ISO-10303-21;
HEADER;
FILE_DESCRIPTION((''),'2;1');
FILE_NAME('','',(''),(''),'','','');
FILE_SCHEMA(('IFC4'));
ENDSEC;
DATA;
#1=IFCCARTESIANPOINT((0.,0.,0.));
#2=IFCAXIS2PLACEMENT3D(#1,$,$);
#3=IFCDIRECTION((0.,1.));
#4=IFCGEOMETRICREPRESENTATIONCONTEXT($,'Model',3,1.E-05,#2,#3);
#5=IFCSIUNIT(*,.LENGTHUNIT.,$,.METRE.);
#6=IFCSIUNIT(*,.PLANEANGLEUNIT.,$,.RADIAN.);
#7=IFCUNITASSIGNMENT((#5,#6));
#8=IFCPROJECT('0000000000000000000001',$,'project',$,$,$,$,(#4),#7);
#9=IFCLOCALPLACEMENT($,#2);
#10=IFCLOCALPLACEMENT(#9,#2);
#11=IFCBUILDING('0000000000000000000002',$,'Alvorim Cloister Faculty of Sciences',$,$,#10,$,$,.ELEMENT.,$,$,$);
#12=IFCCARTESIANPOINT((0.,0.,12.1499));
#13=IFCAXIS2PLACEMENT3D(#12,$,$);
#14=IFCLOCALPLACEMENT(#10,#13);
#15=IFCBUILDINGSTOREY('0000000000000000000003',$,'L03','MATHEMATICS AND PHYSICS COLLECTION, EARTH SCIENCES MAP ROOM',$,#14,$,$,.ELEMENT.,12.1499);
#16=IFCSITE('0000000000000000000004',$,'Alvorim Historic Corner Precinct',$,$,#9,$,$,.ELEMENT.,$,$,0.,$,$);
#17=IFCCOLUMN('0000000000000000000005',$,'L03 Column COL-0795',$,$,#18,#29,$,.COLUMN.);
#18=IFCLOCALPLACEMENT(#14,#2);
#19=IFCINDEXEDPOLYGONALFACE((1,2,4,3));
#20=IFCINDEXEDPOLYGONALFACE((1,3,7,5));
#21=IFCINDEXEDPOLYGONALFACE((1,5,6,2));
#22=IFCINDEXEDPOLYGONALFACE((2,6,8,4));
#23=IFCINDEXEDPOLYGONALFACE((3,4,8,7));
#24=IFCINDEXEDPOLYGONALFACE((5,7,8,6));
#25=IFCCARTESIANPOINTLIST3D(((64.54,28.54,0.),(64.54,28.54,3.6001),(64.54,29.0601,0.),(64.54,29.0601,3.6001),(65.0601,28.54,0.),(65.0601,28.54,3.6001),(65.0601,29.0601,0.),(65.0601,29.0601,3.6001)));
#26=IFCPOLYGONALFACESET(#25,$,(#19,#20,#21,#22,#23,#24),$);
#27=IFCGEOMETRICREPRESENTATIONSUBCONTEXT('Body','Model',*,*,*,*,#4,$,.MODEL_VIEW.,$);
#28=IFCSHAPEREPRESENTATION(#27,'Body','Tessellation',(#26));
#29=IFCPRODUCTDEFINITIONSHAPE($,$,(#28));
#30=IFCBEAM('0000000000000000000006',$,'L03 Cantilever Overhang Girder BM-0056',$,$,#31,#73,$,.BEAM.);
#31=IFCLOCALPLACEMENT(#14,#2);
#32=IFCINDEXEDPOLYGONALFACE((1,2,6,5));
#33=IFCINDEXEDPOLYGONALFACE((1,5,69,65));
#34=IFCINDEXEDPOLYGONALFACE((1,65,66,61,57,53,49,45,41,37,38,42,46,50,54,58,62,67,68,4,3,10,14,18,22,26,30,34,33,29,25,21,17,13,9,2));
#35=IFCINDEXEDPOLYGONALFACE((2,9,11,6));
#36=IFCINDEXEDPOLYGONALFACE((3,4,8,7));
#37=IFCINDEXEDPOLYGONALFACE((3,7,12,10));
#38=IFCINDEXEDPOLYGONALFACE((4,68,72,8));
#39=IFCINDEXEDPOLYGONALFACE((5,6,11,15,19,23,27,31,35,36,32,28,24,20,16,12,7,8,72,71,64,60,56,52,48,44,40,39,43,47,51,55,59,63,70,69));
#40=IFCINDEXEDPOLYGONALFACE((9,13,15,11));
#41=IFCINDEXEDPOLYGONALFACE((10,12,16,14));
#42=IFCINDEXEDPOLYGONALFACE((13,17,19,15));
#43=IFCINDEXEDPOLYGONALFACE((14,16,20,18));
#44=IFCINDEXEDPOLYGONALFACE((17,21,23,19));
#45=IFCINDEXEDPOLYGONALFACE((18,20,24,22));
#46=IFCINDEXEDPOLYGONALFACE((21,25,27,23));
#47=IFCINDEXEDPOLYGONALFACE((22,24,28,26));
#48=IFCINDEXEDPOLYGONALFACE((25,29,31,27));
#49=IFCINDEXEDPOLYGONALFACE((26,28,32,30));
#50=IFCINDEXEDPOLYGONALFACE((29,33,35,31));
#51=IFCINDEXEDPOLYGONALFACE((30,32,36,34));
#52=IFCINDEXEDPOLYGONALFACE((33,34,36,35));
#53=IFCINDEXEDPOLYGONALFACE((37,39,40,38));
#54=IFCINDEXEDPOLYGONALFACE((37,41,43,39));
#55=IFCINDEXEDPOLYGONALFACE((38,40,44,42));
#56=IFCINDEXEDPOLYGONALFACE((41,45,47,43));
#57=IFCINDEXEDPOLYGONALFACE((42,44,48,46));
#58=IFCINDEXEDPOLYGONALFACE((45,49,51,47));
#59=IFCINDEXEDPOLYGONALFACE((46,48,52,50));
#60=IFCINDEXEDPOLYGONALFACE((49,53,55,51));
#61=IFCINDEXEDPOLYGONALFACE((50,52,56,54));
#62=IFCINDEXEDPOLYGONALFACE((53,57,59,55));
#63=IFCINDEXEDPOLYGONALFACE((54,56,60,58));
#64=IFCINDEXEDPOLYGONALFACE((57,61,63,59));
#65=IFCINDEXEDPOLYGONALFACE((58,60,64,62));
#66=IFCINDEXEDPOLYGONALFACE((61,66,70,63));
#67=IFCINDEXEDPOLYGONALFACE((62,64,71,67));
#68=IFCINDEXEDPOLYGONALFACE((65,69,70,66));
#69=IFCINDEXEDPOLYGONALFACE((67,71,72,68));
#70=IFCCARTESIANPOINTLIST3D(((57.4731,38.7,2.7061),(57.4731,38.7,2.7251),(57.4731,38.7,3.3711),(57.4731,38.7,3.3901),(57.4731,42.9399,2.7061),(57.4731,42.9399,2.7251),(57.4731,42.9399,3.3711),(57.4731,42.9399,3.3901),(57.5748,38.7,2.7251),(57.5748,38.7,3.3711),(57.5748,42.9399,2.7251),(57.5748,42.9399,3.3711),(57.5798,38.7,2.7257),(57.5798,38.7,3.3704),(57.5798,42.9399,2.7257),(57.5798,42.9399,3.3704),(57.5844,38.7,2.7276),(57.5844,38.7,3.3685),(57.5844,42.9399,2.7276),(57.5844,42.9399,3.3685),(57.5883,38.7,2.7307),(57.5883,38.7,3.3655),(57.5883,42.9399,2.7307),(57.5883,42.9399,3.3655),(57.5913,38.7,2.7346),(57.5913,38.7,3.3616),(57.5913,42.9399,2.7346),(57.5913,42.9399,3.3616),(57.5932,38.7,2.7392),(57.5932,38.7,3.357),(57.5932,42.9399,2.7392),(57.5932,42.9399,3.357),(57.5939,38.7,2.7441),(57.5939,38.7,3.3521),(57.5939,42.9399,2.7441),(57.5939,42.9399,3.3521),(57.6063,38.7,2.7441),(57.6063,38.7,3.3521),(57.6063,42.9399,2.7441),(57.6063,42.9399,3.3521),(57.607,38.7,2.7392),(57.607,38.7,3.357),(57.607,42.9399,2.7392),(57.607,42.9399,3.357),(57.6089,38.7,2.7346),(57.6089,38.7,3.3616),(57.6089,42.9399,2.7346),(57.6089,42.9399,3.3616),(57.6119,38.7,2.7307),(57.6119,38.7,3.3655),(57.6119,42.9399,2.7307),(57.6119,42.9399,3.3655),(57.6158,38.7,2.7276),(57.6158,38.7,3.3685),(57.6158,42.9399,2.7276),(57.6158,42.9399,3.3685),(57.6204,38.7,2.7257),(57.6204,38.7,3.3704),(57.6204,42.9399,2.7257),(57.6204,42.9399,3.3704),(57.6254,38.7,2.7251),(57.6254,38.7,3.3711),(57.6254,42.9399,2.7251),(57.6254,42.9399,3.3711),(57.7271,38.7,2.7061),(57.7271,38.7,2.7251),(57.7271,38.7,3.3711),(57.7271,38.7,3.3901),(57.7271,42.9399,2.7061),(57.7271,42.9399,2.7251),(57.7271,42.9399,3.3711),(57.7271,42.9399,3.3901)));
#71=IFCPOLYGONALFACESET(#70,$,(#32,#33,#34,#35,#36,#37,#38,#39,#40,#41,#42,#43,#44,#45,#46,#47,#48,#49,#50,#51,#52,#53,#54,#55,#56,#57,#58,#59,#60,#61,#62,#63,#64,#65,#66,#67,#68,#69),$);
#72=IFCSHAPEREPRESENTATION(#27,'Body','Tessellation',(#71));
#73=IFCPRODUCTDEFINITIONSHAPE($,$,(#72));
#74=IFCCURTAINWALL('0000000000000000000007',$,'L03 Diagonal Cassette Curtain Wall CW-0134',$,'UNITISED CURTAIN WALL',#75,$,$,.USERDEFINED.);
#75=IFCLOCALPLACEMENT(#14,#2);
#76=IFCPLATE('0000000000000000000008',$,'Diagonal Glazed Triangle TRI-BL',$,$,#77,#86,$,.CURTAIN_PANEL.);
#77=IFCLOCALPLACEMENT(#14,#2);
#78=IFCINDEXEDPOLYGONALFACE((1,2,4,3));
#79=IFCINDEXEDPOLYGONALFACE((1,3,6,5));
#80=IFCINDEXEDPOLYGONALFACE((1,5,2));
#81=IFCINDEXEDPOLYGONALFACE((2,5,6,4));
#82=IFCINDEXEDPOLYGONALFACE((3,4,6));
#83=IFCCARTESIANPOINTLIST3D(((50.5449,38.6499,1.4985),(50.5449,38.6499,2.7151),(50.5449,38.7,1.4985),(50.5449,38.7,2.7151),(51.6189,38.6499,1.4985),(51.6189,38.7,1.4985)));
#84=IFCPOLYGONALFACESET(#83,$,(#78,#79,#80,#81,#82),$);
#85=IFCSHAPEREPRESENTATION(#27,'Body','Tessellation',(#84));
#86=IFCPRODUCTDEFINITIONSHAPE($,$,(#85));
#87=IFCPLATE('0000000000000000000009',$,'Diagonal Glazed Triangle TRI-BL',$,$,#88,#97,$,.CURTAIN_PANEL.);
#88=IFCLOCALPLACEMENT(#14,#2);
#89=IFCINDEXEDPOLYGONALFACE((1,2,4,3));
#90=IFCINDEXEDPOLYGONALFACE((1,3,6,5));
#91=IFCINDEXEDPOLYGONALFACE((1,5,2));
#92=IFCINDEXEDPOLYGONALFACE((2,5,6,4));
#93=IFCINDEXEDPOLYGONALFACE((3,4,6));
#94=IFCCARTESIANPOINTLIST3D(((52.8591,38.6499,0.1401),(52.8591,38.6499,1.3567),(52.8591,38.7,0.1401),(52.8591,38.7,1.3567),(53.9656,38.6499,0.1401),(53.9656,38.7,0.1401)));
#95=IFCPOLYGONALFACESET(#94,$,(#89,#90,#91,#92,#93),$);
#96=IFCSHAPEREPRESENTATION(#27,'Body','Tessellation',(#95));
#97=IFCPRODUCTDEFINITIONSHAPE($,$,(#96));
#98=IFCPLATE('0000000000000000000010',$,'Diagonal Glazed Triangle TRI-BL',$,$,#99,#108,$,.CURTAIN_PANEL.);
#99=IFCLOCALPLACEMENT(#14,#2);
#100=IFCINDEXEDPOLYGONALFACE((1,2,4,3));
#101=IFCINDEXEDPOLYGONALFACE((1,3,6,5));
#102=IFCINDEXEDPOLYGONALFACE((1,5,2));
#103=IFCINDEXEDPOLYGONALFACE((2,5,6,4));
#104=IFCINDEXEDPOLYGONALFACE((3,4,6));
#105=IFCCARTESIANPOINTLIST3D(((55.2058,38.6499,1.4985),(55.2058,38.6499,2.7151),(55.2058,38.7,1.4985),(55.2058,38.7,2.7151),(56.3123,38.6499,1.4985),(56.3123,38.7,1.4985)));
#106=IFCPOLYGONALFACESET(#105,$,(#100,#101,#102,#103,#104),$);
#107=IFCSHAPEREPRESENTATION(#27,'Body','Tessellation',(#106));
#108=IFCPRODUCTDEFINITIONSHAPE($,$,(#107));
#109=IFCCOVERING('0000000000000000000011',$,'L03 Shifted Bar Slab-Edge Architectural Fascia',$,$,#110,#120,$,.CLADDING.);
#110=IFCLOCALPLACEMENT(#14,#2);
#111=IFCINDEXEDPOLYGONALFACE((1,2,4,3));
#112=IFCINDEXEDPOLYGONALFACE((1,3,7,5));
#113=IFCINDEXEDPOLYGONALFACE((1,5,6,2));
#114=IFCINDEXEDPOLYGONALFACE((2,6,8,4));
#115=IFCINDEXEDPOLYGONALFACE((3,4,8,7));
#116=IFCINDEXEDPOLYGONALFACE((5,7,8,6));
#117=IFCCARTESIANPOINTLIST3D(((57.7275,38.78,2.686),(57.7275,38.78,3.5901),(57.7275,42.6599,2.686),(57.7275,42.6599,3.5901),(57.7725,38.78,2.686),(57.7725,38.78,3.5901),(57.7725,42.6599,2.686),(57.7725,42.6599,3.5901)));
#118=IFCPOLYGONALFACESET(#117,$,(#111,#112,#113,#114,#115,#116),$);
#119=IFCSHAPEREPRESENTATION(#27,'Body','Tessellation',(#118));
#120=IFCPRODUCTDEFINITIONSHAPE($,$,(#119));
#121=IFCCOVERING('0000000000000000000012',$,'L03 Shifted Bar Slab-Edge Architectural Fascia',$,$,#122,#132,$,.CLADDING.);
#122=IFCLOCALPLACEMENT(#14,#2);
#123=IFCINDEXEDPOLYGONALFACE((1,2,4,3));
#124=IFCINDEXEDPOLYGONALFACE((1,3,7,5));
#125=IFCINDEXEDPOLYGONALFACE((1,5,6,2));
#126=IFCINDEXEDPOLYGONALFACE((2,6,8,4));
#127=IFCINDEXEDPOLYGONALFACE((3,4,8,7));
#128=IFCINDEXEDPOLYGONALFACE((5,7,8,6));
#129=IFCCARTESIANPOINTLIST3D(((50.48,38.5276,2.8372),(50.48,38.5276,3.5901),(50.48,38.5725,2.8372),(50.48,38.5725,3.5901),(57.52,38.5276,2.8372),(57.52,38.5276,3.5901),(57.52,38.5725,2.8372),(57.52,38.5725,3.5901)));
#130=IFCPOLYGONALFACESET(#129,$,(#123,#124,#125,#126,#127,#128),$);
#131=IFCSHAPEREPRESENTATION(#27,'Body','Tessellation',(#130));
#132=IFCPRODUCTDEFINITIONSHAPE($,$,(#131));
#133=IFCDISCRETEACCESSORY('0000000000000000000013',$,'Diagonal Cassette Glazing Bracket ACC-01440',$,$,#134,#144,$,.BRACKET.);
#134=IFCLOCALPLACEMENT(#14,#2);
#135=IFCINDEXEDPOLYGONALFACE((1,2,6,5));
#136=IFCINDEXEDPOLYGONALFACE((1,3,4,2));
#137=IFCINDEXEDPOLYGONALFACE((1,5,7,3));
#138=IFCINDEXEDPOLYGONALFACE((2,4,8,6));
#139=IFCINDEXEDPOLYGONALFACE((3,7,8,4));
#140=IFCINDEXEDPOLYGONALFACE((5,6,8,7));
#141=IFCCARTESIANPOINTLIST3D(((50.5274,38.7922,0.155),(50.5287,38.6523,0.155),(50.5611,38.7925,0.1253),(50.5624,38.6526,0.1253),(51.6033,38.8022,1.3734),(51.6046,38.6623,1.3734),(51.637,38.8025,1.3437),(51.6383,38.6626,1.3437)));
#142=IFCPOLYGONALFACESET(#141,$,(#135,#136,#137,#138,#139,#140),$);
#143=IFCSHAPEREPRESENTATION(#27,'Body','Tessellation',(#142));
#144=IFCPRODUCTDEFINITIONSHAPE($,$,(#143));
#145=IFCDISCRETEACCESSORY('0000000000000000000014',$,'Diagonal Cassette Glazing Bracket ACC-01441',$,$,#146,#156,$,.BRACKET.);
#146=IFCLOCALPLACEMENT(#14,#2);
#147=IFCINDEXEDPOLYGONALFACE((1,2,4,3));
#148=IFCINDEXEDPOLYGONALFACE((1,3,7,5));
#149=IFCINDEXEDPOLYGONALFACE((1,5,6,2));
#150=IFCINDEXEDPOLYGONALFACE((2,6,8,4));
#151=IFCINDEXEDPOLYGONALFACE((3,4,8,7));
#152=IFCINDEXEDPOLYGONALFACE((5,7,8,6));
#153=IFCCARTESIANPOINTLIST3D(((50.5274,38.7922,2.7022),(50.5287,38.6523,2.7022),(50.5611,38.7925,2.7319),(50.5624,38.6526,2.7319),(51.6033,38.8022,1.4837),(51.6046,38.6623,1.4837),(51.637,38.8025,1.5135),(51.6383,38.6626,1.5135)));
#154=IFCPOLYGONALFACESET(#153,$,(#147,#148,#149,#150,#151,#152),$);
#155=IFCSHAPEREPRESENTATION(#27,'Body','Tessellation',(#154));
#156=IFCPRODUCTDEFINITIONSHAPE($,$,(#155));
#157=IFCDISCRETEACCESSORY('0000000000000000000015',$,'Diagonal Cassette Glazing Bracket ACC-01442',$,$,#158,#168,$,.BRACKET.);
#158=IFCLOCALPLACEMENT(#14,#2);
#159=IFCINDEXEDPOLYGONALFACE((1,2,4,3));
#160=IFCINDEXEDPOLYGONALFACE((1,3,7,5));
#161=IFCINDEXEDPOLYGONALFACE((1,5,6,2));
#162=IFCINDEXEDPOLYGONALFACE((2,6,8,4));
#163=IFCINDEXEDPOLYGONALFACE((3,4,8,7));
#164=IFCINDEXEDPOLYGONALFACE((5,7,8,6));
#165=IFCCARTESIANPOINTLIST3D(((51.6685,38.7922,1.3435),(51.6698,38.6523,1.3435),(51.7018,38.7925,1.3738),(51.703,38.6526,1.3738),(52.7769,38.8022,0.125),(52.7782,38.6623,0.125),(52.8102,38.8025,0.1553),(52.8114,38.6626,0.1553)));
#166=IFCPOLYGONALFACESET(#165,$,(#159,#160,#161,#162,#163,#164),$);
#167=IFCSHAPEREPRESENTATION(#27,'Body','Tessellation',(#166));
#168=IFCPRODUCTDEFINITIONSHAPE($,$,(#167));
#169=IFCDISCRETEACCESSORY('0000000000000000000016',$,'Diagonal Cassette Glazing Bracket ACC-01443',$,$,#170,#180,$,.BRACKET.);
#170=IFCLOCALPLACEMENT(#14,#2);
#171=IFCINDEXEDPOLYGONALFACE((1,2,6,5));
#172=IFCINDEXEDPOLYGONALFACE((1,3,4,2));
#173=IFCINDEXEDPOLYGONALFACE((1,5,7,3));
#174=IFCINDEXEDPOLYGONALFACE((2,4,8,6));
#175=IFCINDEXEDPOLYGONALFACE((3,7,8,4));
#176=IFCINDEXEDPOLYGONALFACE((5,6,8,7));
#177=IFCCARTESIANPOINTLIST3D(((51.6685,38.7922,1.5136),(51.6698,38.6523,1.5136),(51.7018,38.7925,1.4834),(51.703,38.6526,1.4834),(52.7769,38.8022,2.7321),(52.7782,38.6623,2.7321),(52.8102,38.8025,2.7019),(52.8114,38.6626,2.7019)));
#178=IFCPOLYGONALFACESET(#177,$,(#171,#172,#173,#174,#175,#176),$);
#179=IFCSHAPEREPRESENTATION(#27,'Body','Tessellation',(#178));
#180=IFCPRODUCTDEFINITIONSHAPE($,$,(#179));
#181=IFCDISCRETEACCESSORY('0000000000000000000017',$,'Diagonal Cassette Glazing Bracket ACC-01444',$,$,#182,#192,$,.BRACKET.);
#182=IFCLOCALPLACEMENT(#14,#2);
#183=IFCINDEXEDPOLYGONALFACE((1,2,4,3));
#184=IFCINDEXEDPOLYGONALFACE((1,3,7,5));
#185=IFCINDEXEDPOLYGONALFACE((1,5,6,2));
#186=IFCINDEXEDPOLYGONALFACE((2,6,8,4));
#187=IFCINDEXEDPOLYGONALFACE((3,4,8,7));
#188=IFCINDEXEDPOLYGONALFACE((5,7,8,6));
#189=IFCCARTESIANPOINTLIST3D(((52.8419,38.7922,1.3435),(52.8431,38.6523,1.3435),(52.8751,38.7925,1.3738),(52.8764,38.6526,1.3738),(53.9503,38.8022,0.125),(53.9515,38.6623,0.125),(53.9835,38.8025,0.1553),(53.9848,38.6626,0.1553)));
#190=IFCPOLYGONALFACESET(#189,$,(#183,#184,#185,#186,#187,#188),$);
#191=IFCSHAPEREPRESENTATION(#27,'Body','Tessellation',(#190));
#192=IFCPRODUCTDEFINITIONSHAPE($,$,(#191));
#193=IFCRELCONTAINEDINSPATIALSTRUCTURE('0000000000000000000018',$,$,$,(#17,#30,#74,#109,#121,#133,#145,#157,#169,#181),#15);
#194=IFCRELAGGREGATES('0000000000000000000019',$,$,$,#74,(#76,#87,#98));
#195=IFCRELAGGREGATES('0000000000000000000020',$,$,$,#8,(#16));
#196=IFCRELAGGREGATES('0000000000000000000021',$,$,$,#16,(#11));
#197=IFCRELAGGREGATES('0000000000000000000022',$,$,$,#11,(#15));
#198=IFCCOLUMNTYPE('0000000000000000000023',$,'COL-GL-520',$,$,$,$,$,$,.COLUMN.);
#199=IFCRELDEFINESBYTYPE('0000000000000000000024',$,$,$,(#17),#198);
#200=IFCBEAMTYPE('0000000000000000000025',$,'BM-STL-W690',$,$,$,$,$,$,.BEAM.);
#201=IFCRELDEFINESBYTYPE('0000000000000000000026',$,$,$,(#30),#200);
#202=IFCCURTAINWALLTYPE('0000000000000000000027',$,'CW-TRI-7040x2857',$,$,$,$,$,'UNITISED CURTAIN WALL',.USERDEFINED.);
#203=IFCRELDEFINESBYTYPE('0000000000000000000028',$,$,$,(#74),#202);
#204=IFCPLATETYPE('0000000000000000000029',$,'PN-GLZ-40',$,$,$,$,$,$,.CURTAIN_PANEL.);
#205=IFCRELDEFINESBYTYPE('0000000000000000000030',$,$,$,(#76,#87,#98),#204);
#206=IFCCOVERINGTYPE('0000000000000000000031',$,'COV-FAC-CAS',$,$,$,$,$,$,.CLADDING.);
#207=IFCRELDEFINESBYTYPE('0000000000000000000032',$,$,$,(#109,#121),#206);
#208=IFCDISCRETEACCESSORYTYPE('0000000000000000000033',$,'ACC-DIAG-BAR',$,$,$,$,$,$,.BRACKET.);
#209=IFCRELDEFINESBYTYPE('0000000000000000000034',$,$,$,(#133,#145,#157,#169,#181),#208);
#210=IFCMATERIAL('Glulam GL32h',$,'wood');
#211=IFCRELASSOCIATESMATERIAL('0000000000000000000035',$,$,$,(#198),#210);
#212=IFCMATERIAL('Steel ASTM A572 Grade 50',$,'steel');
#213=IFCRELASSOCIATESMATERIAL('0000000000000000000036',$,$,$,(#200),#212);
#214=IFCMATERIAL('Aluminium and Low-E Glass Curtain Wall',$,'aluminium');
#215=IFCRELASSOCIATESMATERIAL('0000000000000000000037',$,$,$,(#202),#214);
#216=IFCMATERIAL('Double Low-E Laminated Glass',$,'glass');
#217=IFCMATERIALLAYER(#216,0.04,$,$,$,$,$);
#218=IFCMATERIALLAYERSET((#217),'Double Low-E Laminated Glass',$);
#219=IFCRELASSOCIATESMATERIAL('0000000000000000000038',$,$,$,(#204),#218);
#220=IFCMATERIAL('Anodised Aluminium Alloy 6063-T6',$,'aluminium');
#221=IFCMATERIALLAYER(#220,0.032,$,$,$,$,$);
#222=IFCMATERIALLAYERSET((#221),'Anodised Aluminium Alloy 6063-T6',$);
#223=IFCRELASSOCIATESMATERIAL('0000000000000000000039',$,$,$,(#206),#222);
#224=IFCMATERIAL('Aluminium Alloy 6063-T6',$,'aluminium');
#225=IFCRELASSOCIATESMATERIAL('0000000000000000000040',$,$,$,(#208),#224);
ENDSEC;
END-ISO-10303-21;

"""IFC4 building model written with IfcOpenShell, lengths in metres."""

from ifc_helpers import new_model, si_unit, direction, frame, origin, origin_2d, place, context, subcontext, project, spatial, polyline, rectangle, i_section, outline, extrude, material, layer, layer_set, material_profile, profile_set, type_object, element, aggregate, save


model = new_model("IFC4")

# Units and contexts
model_context = context("Model", 3, precision=1e-05, world=origin(), true_north=direction((0.0, 1.0)))
body_context = subcontext(model_context, "Body", "Model", "MODEL_VIEW")
ifc_project = project(units=[si_unit("LENGTHUNIT", "METRE"), si_unit("PLANEANGLEUNIT", "RADIAN")], contexts=[model_context])

# Site, building, storey
site_placement = place(None, origin())
site = spatial("IfcSite", under=ifc_project, at=site_placement, Name="Alvorim Historic Corner Precinct", CompositionType="ELEMENT", RefElevation=0.0)
building_placement = place(site_placement, origin())
building = spatial("IfcBuilding", under=site, at=building_placement, Name="Alvorim Cloister Faculty of Sciences", CompositionType="ELEMENT")
storey_placement = place(building_placement, frame((0.0, 0.0, 12.1499)))
storey = spatial("IfcBuildingStorey", under=building, at=storey_placement, Name="L03", Description="MATHEMATICS AND PHYSICS COLLECTION, EARTH SCIENCES MAP ROOM", CompositionType="ELEMENT", Elevation=12.1499)

# Column
ifc_material_1 = material(Name="Glulam GL32h", Category="wood")
ifc_material_profile_1 = material_profile(ifc_material_1, rectangle(XDim=0.52, YDim=0.52, at=origin_2d()), Name="GL32-COL-520x520")
ifc_profile_set_1 = profile_set([ifc_material_profile_1], Name="Glulam GL32h")
column_type = type_object("IfcColumnType", Name="COL-GL-520", PredefinedType="COLUMN", material=ifc_profile_set_1)
column_placement = place(storey_placement, frame((64.8, 28.8, 0.0), z_axis=(0.0, 0.0, 1.0), x_axis=(1.0, 0.0, 0.0)))
element("IfcColumn", 1, at=column_placement, inside=storey, type_object=column_type, Name="L03 Column COL-0795", PredefinedType="COLUMN", context=body_context, shape_type="SweptSolid", body=[
    extrude(rectangle(XDim=0.52, YDim=0.52, at=origin_2d()), origin(), (0.0, 0.0, 1.0), 3.6001),
])

# Beam
ifc_material_2 = material(Name="Steel ASTM A572 Grade 50", Category="steel")
ifc_material_profile_2 = material_profile(ifc_material_2, i_section(OverallWidth=0.2539, OverallDepth=0.6841, WebThickness=0.0125, FlangeThickness=0.019, FilletRadius=0.019, at=origin_2d()), Name="W690x140.0")
ifc_profile_set_2 = profile_set([ifc_material_profile_2], Name="Steel ASTM A572 Grade 50")
beam_type = type_object("IfcBeamType", Name="BM-STL-W690", PredefinedType="BEAM", material=ifc_profile_set_2)
beam_placement = place(storey_placement, frame((57.6001, 38.7, 3.0481), z_axis=(0.0, 1.0, 0.0), x_axis=(-1.0, 0.0, 0.0)))
element("IfcBeam", 2, at=beam_placement, inside=storey, type_object=beam_type, Name="L03 Cantilever Overhang Girder BM-0056", PredefinedType="BEAM", context=body_context, shape_type="SweptSolid", body=[
    extrude(i_section(OverallWidth=0.2539, OverallDepth=0.6841, WebThickness=0.0125, FlangeThickness=0.019, FilletRadius=0.019, at=origin_2d()), origin(), (0.0, 0.0, 1.0), 4.24),
])

# Curtain wall, plates
ifc_material_3 = material(Name="Aluminium and Low-E Glass Curtain Wall", Category="aluminium")
curtain_wall_type_1 = type_object("IfcCurtainWallType", Name="CW-TRI-7040x2857", ElementType="UNITISED CURTAIN WALL", PredefinedType="USERDEFINED", material=ifc_material_3)
curtain_wall_1_placement = place(storey_placement, origin())
curtain_wall_1 = element("IfcCurtainWall", 3, at=curtain_wall_1_placement, inside=storey, type_object=curtain_wall_type_1, Name="L03 Diagonal Cassette Curtain Wall CW-0134", ObjectType="UNITISED CURTAIN WALL", PredefinedType="USERDEFINED")
ifc_material_4 = material(Name="Double Low-E Laminated Glass", Category="glass")
ifc_layer_1 = layer(ifc_material_4, 0.04)
ifc_layer_set_1 = layer_set([ifc_layer_1], Name="Double Low-E Laminated Glass")
plate_type = type_object("IfcPlateType", Name="PN-GLZ-40", PredefinedType="CURTAIN_PANEL", material=ifc_layer_set_1)
plate_1_placement = place(storey_placement, frame((50.5449, 38.675, 1.4985), z_axis=(0.0, 0.0, 1.0), x_axis=(1.0, 0.0, 0.0)))
plate_1 = element("IfcPlate", 4, at=plate_1_placement, type_object=plate_type, Name="Diagonal Glazed Triangle TRI-BL", PredefinedType="CURTAIN_PANEL", context=body_context, shape_type="SweptSolid", body=[
    extrude(outline(polyline([(0.0, 0.0), (1.074, 0.0), (0.0, 1.2166), (0.0, 0.0)])), frame((0.0, 0.0249, 0.0), z_axis=(0.0, -1.0, 0.0), x_axis=(1.0, 0.0, 0.0)), (0.0, 0.0, 1.0), 0.05),
])
plate_2_placement = place(storey_placement, frame((52.8591, 38.675, 0.1401), z_axis=(0.0, 0.0, 1.0), x_axis=(1.0, 0.0, 0.0)))
plate_2 = element("IfcPlate", 5, at=plate_2_placement, type_object=plate_type, Name="Diagonal Glazed Triangle TRI-BL", PredefinedType="CURTAIN_PANEL", context=body_context, shape_type="SweptSolid", body=[
    extrude(outline(polyline([(0.0, 0.0), (1.1064, 0.0), (0.0, 1.2166), (0.0, 0.0)])), frame((0.0, 0.0249, 0.0), z_axis=(0.0, -1.0, 0.0), x_axis=(1.0, 0.0, 0.0)), (0.0, 0.0, 1.0), 0.05),
])
plate_3_placement = place(storey_placement, frame((55.2058, 38.675, 1.4985), z_axis=(0.0, 0.0, 1.0), x_axis=(1.0, 0.0, 0.0)))
plate_3 = element("IfcPlate", 6, at=plate_3_placement, type_object=plate_type, Name="Diagonal Glazed Triangle TRI-BL", PredefinedType="CURTAIN_PANEL", context=body_context, shape_type="SweptSolid", body=[
    extrude(outline(polyline([(0.0, 0.0), (1.1064, 0.0), (0.0, 1.2166), (0.0, 0.0)])), frame((0.0, 0.0249, 0.0), z_axis=(0.0, -1.0, 0.0), x_axis=(1.0, 0.0, 0.0)), (0.0, 0.0, 1.0), 0.05),
])
aggregate(curtain_wall_1, [plate_1, plate_2, plate_3])

# Coverings
ifc_material_5 = material(Name="Anodised Aluminium Alloy 6063-T6", Category="aluminium")
ifc_layer_2 = layer(ifc_material_5, 0.032)
ifc_layer_set_2 = layer_set([ifc_layer_2], Name="Anodised Aluminium Alloy 6063-T6")
covering_type = type_object("IfcCoveringType", Name="COV-FAC-CAS", PredefinedType="CLADDING", material=ifc_layer_set_2)
covering_1_placement = place(storey_placement, frame((57.75, 38.78, 2.686), z_axis=(0.0, 0.0, 1.0), x_axis=(0.0, 1.0, 0.0)))
element("IfcCovering", 7, at=covering_1_placement, inside=storey, type_object=covering_type, Name="L03 Shifted Bar Slab-Edge Architectural Fascia", PredefinedType="CLADDING", context=body_context, shape_type="SweptSolid", body=[
    extrude(outline(polyline([(0.0, 0.0), (3.8799, 0.0), (3.8799, 0.9041), (0.0, 0.9041), (0.0, 0.0)])), frame((0.0, 0.0225, 0.0), z_axis=(0.0, -1.0, 0.0), x_axis=(1.0, 0.0, 0.0)), (0.0, 0.0, 1.0), 0.0449),
])
covering_2_placement = place(storey_placement, frame((50.48, 38.55, 2.8372), z_axis=(0.0, 0.0, 1.0), x_axis=(1.0, 0.0, 0.0)))
element("IfcCovering", 8, at=covering_2_placement, inside=storey, type_object=covering_type, Name="L03 Shifted Bar Slab-Edge Architectural Fascia", PredefinedType="CLADDING", context=body_context, shape_type="SweptSolid", body=[
    extrude(outline(polyline([(0.0, 0.0), (7.04, 0.0), (7.04, 0.7529), (0.0, 0.7529), (0.0, 0.0)])), frame((0.0, 0.0225, 0.0), z_axis=(0.0, -1.0, 0.0), x_axis=(1.0, 0.0, 0.0)), (0.0, 0.0, 1.0), 0.0449),
])

# Discrete accessories
ifc_material_6 = material(Name="Aluminium Alloy 6063-T6", Category="aluminium")
discrete_accessory_type = type_object("IfcDiscreteAccessoryType", Name="ACC-DIAG-BAR", PredefinedType="BRACKET", material=ifc_material_6)
for number, where, z_axis, x_axis, name in (
    (9, (50.5449, 38.7224, 0.1401), (0.661877, 0.006158, 0.749587), (-0.009303, 0.999957, 0.0), "Diagonal Cassette Glazing Bracket ACC-01440"),
    (10, (50.5449, 38.7224, 2.717), (0.661877, 0.006158, -0.749587), (-0.009303, 0.999957, 0.0), "Diagonal Cassette Glazing Bracket ACC-01441"),
):
    element("IfcDiscreteAccessory", number, at=place(storey_placement, frame(where, z_axis=z_axis, x_axis=x_axis)), inside=storey, type_object=discrete_accessory_type, Name=name, PredefinedType="BRACKET", context=body_context, shape_type="SweptSolid", body=[
        extrude(rectangle(XDim=0.1399, YDim=0.0449, at=origin_2d()), origin(), (0.0, 0.0, 1.0), 1.6255),
    ])
for number, where, z_axis, x_axis, name in (
    (11, (51.6858, 38.7224, 1.3586), (0.672882, 0.006077, -0.739725), (-0.00903, 0.999959, 0.0), "Diagonal Cassette Glazing Bracket ACC-01442"),
    (12, (51.6858, 38.7224, 1.4985), (0.672882, 0.006077, 0.739725), (-0.00903, 0.999959, 0.0), "Diagonal Cassette Glazing Bracket ACC-01443"),
    (13, (52.8591, 38.7224, 1.3586), (0.672882, 0.006077, -0.739725), (-0.00903, 0.999959, 0.0), "Diagonal Cassette Glazing Bracket ACC-01444"),
):
    element("IfcDiscreteAccessory", number, at=place(storey_placement, frame(where, z_axis=z_axis, x_axis=x_axis)), inside=storey, type_object=discrete_accessory_type, Name=name, PredefinedType="BRACKET", context=body_context, shape_type="SweptSolid", body=[
        extrude(rectangle(XDim=0.1399, YDim=0.0449, at=origin_2d()), origin(), (0.0, 0.0, 1.0), 1.6472),
    ])

save(model, "model.ifc")
